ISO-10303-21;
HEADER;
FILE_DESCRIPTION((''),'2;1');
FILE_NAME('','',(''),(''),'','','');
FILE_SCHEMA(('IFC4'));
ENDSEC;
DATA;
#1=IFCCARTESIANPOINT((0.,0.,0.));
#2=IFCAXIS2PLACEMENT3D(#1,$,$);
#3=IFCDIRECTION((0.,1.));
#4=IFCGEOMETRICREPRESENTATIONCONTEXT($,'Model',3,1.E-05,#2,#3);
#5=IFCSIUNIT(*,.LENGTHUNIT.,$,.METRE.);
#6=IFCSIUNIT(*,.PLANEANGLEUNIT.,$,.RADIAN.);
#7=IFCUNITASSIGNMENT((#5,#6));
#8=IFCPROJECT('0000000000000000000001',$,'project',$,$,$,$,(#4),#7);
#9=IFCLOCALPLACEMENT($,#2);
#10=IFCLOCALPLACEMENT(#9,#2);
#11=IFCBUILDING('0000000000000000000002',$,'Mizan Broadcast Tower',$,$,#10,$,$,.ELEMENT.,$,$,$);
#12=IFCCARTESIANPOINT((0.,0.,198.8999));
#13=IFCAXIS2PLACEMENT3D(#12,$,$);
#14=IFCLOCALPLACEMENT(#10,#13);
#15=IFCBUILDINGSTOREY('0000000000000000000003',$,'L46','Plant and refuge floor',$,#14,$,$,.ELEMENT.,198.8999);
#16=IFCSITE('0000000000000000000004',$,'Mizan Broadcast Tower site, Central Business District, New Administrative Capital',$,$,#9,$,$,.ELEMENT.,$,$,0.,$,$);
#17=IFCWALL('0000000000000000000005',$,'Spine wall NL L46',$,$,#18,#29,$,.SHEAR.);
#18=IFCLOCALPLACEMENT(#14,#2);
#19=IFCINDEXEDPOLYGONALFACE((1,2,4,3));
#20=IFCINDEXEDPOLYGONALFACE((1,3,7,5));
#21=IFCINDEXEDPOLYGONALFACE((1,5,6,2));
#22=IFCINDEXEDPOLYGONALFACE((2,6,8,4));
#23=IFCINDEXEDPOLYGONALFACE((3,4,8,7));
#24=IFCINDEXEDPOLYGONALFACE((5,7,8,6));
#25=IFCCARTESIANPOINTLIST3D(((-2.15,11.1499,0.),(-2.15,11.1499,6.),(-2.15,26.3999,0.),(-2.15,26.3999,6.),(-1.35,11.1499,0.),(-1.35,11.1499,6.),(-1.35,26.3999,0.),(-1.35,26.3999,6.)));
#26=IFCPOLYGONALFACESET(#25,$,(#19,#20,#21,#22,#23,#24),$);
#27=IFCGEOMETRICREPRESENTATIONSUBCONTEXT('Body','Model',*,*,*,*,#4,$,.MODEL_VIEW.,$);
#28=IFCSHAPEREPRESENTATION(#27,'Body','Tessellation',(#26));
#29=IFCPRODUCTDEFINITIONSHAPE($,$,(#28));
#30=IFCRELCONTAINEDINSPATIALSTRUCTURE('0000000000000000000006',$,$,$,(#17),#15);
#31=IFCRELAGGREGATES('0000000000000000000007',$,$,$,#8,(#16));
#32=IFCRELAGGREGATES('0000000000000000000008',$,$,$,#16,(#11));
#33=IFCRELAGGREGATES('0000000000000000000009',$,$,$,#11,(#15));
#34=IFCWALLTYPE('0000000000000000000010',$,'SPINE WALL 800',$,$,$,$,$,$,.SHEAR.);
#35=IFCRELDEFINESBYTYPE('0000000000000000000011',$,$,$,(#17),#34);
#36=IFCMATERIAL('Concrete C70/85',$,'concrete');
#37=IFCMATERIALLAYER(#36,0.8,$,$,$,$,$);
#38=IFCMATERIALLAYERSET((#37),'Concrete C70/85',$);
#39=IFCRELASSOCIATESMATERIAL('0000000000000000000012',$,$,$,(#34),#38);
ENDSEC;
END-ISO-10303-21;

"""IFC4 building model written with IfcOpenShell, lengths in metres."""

from ifc_helpers import new_model, si_unit, direction, frame, frame_2d, origin, place, context, subcontext, project, spatial, rectangle, extrude, material, layer, layer_set, type_object, element, save


model = new_model("IFC4")

# Units and contexts
model_context = context("Model", 3, precision=1e-05, world=origin(), true_north=direction((0.0, 1.0)))
body_context = subcontext(model_context, "Body", "Model", "MODEL_VIEW")
ifc_project = project(units=[si_unit("LENGTHUNIT", "METRE"), si_unit("PLANEANGLEUNIT", "RADIAN")], contexts=[model_context])

# Site, building, storey
site_placement = place(None, origin())
site = spatial("IfcSite", under=ifc_project, at=site_placement, Name="Mizan Broadcast Tower site, Central Business District, New Administrative Capital", CompositionType="ELEMENT", RefElevation=0.0)
building_placement = place(site_placement, origin())
building = spatial("IfcBuilding", under=site, at=building_placement, Name="Mizan Broadcast Tower", CompositionType="ELEMENT")
storey_placement = place(building_placement, frame((0.0, 0.0, 198.8999)))
storey = spatial("IfcBuildingStorey", under=building, at=storey_placement, Name="L46", Description="Plant and refuge floor", CompositionType="ELEMENT", Elevation=198.8999)

# Wall
ifc_material_1 = material(Name="Concrete C70/85", Category="concrete")
ifc_layer_1 = layer(ifc_material_1, 0.8)
ifc_layer_set_1 = layer_set([ifc_layer_1], Name="Concrete C70/85")
wall_type_1 = type_object("IfcWallType", Name="SPINE WALL 800", PredefinedType="SHEAR", material=ifc_layer_set_1)
wall_1_placement = place(storey_placement, frame((-1.75, 11.1499, 0.0), z_axis=(0.0, 0.0, 1.0), x_axis=(0.0, 1.0, 0.0)))
element("IfcWall", 1, at=wall_1_placement, inside=storey, type_object=wall_type_1, Name="Spine wall NL L46", PredefinedType="SHEAR", context=body_context, shape_type="SweptSolid", body=[
    extrude(rectangle(XDim=15.25, YDim=0.8, at=frame_2d((7.625, 0.0))), origin(), (0.0, 0.0, 1.0), 6.0),
])

save(model, "model.ifc")
